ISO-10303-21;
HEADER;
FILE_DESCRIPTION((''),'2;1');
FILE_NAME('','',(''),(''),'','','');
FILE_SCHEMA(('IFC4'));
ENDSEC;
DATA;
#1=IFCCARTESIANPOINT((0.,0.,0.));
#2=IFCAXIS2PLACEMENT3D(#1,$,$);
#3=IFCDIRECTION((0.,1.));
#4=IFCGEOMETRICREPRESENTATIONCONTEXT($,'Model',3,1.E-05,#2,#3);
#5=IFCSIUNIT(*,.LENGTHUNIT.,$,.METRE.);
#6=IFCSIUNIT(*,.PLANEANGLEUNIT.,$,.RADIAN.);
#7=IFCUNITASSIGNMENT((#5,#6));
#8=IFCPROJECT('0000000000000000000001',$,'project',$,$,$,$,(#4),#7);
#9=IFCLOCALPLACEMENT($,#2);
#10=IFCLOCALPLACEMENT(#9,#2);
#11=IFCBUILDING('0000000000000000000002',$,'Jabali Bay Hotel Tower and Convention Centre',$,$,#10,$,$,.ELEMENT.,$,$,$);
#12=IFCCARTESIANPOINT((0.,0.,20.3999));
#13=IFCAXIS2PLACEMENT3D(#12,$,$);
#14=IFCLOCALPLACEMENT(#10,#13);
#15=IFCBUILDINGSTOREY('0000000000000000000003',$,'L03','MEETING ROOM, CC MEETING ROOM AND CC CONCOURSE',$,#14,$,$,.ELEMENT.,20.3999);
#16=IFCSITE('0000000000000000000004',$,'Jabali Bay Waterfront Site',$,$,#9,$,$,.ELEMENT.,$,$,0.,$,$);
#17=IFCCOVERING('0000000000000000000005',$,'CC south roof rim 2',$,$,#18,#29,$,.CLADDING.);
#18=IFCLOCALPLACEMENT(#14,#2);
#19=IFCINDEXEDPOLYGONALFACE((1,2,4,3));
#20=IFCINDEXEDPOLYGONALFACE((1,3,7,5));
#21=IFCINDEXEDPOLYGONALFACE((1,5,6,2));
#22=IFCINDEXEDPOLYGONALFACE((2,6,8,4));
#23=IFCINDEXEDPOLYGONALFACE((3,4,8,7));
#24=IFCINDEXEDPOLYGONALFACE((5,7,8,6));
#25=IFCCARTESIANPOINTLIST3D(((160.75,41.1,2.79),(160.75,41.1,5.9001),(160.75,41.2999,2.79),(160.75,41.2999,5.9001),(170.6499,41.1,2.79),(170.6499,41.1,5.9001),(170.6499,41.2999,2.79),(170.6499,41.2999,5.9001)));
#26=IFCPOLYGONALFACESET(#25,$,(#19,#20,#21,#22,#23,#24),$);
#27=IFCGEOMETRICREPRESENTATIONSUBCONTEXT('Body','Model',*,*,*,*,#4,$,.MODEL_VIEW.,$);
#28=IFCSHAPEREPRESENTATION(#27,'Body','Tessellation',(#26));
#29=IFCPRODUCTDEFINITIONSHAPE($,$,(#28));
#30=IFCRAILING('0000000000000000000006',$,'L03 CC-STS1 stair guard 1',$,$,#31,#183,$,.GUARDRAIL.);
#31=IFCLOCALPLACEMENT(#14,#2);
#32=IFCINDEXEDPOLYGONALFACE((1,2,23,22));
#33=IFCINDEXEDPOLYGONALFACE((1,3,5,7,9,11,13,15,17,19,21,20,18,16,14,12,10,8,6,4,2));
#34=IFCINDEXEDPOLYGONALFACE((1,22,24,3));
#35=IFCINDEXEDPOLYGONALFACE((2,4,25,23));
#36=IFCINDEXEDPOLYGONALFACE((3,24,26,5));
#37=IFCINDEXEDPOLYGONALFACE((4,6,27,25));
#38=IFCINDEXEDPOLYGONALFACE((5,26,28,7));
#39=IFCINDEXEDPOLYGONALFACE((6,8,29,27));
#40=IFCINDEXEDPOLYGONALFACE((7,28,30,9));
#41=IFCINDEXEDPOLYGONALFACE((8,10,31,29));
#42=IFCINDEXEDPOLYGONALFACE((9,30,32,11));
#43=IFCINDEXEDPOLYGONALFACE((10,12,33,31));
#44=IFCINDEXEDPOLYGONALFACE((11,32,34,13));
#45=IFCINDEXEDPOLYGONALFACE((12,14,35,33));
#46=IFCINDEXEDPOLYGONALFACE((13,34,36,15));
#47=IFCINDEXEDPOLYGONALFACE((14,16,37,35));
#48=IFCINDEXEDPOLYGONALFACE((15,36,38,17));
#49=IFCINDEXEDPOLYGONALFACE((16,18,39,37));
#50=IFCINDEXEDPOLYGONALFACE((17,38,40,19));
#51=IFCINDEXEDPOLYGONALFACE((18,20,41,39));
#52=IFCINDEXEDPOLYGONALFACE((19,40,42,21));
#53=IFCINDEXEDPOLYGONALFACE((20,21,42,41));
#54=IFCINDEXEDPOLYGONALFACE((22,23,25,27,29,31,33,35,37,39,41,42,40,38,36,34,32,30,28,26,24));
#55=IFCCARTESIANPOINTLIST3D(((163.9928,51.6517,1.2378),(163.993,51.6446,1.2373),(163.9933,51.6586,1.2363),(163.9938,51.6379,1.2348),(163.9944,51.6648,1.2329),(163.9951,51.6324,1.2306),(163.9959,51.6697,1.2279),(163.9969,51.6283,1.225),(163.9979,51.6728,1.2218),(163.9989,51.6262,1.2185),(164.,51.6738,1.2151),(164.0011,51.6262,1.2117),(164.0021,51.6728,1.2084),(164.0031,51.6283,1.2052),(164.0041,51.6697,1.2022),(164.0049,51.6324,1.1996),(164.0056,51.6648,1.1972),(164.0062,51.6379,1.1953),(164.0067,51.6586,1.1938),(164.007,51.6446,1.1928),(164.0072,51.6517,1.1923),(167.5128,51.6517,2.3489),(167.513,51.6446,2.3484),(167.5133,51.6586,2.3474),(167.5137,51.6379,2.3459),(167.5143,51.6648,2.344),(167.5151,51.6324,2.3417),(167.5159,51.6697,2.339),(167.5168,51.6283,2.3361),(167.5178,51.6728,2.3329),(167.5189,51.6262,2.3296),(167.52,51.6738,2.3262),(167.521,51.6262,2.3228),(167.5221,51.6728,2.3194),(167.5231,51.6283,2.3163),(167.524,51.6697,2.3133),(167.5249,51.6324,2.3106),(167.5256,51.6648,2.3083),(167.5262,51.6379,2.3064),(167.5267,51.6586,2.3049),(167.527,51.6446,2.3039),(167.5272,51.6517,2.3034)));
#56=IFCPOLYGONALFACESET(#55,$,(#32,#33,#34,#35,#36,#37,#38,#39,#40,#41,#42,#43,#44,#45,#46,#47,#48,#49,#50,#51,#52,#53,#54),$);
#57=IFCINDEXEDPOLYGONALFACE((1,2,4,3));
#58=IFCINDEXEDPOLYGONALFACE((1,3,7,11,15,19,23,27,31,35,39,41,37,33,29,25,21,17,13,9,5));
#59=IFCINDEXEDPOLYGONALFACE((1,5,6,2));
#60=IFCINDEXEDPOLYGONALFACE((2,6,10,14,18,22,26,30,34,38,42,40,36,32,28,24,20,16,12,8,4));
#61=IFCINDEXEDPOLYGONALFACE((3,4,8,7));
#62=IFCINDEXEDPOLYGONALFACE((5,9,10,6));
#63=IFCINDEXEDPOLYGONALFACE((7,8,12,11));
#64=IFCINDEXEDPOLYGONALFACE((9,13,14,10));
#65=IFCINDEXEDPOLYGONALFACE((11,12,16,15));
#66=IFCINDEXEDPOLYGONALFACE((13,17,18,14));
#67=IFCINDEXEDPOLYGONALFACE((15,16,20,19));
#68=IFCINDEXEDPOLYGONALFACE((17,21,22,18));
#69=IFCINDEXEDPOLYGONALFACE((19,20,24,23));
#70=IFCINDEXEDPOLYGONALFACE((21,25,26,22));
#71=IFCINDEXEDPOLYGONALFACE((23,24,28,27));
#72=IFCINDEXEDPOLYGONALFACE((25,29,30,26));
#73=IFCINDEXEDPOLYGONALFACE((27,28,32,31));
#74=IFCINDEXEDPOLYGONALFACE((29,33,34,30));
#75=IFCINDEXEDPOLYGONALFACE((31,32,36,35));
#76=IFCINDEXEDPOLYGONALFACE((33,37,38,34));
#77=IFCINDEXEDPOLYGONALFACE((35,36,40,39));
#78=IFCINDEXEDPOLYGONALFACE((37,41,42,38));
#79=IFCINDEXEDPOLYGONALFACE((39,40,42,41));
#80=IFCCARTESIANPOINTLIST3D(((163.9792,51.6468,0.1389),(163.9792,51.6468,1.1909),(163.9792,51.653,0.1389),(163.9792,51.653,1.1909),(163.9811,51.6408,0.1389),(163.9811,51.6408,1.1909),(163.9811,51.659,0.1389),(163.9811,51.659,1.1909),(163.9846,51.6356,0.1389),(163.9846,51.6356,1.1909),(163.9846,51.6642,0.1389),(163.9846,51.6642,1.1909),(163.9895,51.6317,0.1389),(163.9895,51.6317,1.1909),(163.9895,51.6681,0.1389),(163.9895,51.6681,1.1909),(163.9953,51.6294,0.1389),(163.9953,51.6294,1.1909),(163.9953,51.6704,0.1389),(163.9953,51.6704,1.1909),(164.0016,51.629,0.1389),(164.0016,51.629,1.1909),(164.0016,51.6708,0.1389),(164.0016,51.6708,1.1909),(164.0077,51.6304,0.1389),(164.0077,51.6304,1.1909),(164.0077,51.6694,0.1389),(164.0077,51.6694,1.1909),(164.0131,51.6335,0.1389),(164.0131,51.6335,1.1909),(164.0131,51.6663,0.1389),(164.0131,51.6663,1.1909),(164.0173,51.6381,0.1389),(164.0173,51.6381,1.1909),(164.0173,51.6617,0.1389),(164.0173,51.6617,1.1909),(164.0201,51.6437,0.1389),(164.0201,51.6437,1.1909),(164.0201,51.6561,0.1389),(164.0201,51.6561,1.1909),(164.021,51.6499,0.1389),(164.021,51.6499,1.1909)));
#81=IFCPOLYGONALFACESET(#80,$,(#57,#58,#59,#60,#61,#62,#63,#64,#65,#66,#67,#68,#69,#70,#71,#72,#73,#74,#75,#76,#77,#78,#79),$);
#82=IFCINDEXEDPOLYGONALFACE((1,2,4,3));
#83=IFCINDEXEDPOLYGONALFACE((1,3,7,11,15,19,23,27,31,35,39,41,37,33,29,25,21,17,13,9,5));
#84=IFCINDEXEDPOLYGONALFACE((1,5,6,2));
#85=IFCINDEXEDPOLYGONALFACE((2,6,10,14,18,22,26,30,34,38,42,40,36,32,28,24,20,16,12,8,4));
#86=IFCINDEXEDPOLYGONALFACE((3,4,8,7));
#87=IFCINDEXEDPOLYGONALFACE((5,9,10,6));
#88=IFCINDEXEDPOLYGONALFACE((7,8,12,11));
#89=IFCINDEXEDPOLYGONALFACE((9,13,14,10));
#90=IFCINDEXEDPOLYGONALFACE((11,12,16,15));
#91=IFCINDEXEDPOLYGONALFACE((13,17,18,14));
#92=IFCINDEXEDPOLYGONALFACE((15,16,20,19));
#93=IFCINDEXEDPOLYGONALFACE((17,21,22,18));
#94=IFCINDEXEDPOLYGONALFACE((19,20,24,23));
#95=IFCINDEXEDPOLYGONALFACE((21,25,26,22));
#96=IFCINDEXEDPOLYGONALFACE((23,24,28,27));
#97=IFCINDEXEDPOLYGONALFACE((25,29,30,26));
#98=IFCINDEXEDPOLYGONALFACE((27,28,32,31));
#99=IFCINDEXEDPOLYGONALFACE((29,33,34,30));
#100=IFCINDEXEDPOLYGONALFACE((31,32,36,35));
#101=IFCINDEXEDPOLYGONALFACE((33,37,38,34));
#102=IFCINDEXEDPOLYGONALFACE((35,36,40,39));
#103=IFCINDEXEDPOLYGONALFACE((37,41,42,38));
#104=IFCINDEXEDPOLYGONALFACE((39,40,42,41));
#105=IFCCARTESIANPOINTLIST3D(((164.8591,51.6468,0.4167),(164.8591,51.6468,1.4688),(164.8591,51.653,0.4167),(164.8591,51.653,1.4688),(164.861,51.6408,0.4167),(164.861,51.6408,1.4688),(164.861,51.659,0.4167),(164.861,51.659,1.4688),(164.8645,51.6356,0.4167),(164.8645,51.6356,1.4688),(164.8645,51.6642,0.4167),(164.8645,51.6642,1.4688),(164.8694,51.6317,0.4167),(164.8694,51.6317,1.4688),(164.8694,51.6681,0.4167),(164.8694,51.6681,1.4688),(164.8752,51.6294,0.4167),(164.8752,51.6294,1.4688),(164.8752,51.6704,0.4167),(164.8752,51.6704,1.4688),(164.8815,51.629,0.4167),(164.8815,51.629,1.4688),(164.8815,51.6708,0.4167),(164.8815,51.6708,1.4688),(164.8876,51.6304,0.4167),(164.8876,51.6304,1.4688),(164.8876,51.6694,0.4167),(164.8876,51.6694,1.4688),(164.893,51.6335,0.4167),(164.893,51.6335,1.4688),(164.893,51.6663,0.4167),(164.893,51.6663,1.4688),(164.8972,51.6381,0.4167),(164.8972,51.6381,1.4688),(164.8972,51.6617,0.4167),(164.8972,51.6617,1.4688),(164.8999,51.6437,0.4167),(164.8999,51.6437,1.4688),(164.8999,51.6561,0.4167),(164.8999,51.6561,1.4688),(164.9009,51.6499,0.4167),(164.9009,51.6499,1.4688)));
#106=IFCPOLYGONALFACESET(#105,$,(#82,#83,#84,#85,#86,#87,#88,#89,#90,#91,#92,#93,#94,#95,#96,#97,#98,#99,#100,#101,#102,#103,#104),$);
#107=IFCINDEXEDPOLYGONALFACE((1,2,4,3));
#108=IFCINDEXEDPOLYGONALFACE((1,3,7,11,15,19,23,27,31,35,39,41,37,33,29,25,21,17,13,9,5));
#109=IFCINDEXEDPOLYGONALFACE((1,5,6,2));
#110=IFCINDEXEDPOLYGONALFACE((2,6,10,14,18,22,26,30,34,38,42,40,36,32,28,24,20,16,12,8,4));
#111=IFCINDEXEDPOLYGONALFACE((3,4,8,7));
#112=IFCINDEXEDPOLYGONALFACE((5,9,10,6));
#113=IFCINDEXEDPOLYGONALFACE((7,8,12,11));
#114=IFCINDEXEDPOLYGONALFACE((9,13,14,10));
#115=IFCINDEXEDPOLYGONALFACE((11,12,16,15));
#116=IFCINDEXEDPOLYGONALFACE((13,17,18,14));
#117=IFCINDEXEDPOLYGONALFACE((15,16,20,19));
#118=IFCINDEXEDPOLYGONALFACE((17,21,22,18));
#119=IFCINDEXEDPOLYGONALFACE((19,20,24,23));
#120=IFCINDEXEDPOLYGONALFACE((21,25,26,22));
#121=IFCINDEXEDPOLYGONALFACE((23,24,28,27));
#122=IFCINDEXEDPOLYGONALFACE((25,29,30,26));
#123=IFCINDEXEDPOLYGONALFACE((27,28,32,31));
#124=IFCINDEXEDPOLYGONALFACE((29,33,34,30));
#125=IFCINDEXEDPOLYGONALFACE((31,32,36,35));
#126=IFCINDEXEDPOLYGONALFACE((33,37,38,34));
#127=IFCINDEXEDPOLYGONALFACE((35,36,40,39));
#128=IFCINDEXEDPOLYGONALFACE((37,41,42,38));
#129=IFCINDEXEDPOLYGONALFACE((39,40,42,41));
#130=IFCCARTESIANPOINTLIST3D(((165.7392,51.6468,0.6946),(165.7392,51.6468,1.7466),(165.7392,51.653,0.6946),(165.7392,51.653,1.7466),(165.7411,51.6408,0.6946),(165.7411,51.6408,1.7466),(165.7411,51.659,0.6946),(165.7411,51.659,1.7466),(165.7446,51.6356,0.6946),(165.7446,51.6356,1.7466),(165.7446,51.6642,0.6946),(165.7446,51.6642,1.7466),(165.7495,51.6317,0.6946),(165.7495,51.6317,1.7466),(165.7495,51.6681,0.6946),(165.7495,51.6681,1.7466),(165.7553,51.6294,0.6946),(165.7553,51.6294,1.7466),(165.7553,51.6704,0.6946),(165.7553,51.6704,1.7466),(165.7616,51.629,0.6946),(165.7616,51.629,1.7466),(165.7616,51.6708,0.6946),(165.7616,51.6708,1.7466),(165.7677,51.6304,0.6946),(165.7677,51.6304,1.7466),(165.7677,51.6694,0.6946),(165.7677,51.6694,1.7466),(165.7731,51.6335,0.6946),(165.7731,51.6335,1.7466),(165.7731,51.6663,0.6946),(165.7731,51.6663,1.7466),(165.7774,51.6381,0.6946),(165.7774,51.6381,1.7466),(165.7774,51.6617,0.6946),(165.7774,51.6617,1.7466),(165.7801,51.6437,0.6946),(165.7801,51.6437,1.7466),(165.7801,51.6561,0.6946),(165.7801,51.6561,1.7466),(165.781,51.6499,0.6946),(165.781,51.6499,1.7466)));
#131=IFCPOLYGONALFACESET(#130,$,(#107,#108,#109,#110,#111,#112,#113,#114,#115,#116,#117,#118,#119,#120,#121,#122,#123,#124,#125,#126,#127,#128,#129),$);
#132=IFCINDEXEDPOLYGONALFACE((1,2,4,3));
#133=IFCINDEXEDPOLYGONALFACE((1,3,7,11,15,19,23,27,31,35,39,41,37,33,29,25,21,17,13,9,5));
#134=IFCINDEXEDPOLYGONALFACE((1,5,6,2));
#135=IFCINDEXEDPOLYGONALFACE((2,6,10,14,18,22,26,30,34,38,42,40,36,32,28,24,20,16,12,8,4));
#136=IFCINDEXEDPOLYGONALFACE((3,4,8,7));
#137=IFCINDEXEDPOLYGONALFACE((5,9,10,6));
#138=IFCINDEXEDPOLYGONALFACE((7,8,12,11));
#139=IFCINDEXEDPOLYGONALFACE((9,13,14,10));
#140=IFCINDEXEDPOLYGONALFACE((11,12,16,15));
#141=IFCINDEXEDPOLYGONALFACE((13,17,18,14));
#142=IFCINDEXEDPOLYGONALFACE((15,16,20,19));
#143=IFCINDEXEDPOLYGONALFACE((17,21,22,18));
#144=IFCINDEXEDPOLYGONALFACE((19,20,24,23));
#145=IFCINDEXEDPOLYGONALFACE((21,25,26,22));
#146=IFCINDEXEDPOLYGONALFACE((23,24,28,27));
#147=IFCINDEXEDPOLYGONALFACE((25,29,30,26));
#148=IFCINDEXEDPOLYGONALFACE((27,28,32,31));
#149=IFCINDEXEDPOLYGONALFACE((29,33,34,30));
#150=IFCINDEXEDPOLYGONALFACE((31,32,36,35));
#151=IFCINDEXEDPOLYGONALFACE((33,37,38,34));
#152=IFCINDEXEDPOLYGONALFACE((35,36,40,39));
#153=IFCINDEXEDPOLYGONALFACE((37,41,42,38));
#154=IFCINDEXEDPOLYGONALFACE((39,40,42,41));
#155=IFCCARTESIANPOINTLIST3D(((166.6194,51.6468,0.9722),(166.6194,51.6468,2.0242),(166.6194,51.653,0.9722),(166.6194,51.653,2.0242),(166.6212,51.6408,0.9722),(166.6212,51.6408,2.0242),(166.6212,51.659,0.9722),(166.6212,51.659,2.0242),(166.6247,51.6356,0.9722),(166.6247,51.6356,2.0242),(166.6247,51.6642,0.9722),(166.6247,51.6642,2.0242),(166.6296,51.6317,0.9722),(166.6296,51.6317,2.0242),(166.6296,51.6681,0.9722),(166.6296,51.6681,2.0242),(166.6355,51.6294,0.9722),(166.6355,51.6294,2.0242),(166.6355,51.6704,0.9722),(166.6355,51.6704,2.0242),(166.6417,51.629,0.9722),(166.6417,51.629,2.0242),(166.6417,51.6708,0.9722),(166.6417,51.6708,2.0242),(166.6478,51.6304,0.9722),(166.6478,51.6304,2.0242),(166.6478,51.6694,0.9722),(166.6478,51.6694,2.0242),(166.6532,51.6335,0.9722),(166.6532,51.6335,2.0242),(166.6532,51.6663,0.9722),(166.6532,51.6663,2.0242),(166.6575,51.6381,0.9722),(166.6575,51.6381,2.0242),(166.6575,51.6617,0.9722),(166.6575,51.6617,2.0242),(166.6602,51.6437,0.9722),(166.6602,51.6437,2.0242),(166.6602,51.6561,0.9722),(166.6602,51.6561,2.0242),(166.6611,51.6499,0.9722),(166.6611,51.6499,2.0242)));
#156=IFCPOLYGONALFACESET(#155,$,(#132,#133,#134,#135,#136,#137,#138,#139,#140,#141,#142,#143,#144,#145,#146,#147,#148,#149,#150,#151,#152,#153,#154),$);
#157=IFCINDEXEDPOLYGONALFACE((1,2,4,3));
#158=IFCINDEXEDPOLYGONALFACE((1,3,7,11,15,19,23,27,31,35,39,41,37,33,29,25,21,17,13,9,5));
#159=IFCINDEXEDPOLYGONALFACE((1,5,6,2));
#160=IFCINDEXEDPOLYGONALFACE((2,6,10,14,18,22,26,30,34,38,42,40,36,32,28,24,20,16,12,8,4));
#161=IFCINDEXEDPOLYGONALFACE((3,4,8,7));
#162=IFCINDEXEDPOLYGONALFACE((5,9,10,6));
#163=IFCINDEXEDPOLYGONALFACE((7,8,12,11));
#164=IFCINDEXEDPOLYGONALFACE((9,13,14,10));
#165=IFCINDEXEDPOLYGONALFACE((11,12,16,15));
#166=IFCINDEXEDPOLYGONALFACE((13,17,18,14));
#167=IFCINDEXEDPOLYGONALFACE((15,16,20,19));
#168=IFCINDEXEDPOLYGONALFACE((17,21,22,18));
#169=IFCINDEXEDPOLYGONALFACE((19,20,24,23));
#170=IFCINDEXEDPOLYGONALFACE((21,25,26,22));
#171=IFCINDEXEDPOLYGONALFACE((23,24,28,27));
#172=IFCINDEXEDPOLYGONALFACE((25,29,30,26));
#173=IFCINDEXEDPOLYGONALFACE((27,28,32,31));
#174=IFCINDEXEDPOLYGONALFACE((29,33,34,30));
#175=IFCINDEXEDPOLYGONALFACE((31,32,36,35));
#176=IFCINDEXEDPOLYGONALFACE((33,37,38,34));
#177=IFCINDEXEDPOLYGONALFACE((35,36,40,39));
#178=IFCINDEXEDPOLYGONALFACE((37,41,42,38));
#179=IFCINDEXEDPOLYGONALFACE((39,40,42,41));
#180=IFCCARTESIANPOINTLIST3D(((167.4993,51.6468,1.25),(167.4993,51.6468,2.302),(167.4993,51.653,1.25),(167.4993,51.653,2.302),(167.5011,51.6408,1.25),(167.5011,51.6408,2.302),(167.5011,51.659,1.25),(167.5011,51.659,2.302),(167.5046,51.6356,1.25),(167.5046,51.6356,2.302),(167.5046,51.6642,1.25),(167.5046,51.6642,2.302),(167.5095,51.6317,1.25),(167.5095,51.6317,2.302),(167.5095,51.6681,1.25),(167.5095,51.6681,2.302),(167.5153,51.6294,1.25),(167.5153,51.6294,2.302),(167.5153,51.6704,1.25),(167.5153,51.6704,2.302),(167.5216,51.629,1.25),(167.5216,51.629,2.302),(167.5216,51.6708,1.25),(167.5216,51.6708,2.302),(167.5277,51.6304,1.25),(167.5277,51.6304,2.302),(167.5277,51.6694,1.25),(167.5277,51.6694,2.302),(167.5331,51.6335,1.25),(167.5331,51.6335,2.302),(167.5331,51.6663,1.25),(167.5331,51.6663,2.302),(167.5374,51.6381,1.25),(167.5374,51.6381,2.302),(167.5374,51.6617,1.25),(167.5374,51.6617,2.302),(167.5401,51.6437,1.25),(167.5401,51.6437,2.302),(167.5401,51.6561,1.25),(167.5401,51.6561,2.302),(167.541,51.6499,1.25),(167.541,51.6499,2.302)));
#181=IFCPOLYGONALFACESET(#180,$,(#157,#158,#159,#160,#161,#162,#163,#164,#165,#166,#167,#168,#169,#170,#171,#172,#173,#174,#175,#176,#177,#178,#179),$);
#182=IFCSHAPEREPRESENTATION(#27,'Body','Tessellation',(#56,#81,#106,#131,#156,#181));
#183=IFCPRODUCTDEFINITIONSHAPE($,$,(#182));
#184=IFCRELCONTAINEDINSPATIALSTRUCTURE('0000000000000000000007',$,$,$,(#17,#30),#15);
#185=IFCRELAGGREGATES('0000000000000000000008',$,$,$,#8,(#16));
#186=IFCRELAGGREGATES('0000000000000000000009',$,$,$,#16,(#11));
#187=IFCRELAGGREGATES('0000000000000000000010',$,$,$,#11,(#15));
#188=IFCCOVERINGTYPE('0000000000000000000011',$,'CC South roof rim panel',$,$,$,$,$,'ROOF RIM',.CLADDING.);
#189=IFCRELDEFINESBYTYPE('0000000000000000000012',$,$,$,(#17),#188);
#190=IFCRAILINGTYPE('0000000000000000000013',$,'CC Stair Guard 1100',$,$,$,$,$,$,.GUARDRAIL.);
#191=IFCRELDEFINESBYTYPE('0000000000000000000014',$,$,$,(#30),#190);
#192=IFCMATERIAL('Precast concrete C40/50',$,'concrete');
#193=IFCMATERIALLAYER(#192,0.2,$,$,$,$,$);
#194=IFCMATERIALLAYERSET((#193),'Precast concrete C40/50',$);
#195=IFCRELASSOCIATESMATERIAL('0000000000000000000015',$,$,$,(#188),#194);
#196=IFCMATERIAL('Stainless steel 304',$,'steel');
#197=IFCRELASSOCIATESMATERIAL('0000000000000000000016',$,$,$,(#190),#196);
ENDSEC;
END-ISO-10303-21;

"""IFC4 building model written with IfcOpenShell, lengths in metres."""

from ifc_helpers import new_model, si_unit, direction, frame, origin, origin_2d, place, context, subcontext, project, spatial, rectangle, circle, extrude, material, layer, layer_set, type_object, element, save


model = new_model("IFC4")

# Units and contexts
model_context = context("Model", 3, precision=1e-05, world=origin(), true_north=direction((0.0, 1.0)))
body_context = subcontext(model_context, "Body", "Model", "MODEL_VIEW")
ifc_project = project(units=[si_unit("LENGTHUNIT", "METRE"), si_unit("PLANEANGLEUNIT", "RADIAN")], contexts=[model_context])

# Site, building, storey
site_placement = place(None, origin())
site = spatial("IfcSite", under=ifc_project, at=site_placement, Name="Jabali Bay Waterfront Site", CompositionType="ELEMENT", RefElevation=0.0)
building_placement = place(site_placement, origin())
building = spatial("IfcBuilding", under=site, at=building_placement, Name="Jabali Bay Hotel Tower and Convention Centre", CompositionType="ELEMENT")
storey_placement = place(building_placement, frame((0.0, 0.0, 20.3999)))
storey = spatial("IfcBuildingStorey", under=building, at=storey_placement, Name="L03", Description="MEETING ROOM, CC MEETING ROOM AND CC CONCOURSE", CompositionType="ELEMENT", Elevation=20.3999)

# Covering
ifc_material_1 = material(Name="Precast concrete C40/50", Category="concrete")
ifc_layer_1 = layer(ifc_material_1, 0.2)
ifc_layer_set_1 = layer_set([ifc_layer_1], Name="Precast concrete C40/50")
covering_type = type_object("IfcCoveringType", Name="CC South roof rim panel", ElementType="ROOF RIM", PredefinedType="CLADDING", material=ifc_layer_set_1)
covering_placement = place(storey_placement, frame((165.7, 41.2, 2.79), z_axis=(0.0, 0.0, 1.0), x_axis=(1.0, 0.0, 0.0)))
element("IfcCovering", 1, at=covering_placement, inside=storey, type_object=covering_type, Name="CC south roof rim 2", PredefinedType="CLADDING", context=body_context, shape_type="SweptSolid", body=[
    extrude(rectangle(XDim=9.8999, YDim=0.2, at=origin_2d()), origin(), (0.0, 0.0, 1.0), 3.1101),
])

# Railing
ifc_material_2 = material(Name="Stainless steel 304", Category="steel")
railing_type_1 = type_object("IfcRailingType", Name="CC Stair Guard 1100", PredefinedType="GUARDRAIL", material=ifc_material_2)
for number, where, name in (
    (2, (164.0, 51.6499, 0.1389), "L03 CC-STS1 stair guard 1"),
):
    element("IfcRailing", number, at=place(storey_placement, frame(where)), inside=storey, type_object=railing_type_1, Name=name, PredefinedType="GUARDRAIL", context=body_context, shape_type="SweptSolid", body=[
        extrude(circle(Radius=0.0239, at=origin_2d()), frame((0.0, 0.0, 1.0762), z_axis=(0.953622, 0.0, 0.301008), x_axis=(0.0, 1.0, 0.0)), (0.0, 0.0, 1.0), 3.6912),
        extrude(circle(Radius=0.021, at=origin_2d()), origin(), (0.0, 0.0, 1.0), 1.052),
        extrude(circle(Radius=0.021, at=origin_2d()), frame((0.8799, 0.0, 0.2778)), (0.0, 0.0, 1.0), 1.052),
        extrude(circle(Radius=0.021, at=origin_2d()), frame((1.76, 0.0, 0.5557)), (0.0, 0.0, 1.0), 1.052),
        extrude(circle(Radius=0.021, at=origin_2d()), frame((2.6401, 0.0, 0.8333)), (0.0, 0.0, 1.0), 1.052),
        extrude(circle(Radius=0.021, at=origin_2d()), frame((3.52, 0.0, 1.1111)), (0.0, 0.0, 1.0), 1.052),
    ])

save(model, "model.ifc")
